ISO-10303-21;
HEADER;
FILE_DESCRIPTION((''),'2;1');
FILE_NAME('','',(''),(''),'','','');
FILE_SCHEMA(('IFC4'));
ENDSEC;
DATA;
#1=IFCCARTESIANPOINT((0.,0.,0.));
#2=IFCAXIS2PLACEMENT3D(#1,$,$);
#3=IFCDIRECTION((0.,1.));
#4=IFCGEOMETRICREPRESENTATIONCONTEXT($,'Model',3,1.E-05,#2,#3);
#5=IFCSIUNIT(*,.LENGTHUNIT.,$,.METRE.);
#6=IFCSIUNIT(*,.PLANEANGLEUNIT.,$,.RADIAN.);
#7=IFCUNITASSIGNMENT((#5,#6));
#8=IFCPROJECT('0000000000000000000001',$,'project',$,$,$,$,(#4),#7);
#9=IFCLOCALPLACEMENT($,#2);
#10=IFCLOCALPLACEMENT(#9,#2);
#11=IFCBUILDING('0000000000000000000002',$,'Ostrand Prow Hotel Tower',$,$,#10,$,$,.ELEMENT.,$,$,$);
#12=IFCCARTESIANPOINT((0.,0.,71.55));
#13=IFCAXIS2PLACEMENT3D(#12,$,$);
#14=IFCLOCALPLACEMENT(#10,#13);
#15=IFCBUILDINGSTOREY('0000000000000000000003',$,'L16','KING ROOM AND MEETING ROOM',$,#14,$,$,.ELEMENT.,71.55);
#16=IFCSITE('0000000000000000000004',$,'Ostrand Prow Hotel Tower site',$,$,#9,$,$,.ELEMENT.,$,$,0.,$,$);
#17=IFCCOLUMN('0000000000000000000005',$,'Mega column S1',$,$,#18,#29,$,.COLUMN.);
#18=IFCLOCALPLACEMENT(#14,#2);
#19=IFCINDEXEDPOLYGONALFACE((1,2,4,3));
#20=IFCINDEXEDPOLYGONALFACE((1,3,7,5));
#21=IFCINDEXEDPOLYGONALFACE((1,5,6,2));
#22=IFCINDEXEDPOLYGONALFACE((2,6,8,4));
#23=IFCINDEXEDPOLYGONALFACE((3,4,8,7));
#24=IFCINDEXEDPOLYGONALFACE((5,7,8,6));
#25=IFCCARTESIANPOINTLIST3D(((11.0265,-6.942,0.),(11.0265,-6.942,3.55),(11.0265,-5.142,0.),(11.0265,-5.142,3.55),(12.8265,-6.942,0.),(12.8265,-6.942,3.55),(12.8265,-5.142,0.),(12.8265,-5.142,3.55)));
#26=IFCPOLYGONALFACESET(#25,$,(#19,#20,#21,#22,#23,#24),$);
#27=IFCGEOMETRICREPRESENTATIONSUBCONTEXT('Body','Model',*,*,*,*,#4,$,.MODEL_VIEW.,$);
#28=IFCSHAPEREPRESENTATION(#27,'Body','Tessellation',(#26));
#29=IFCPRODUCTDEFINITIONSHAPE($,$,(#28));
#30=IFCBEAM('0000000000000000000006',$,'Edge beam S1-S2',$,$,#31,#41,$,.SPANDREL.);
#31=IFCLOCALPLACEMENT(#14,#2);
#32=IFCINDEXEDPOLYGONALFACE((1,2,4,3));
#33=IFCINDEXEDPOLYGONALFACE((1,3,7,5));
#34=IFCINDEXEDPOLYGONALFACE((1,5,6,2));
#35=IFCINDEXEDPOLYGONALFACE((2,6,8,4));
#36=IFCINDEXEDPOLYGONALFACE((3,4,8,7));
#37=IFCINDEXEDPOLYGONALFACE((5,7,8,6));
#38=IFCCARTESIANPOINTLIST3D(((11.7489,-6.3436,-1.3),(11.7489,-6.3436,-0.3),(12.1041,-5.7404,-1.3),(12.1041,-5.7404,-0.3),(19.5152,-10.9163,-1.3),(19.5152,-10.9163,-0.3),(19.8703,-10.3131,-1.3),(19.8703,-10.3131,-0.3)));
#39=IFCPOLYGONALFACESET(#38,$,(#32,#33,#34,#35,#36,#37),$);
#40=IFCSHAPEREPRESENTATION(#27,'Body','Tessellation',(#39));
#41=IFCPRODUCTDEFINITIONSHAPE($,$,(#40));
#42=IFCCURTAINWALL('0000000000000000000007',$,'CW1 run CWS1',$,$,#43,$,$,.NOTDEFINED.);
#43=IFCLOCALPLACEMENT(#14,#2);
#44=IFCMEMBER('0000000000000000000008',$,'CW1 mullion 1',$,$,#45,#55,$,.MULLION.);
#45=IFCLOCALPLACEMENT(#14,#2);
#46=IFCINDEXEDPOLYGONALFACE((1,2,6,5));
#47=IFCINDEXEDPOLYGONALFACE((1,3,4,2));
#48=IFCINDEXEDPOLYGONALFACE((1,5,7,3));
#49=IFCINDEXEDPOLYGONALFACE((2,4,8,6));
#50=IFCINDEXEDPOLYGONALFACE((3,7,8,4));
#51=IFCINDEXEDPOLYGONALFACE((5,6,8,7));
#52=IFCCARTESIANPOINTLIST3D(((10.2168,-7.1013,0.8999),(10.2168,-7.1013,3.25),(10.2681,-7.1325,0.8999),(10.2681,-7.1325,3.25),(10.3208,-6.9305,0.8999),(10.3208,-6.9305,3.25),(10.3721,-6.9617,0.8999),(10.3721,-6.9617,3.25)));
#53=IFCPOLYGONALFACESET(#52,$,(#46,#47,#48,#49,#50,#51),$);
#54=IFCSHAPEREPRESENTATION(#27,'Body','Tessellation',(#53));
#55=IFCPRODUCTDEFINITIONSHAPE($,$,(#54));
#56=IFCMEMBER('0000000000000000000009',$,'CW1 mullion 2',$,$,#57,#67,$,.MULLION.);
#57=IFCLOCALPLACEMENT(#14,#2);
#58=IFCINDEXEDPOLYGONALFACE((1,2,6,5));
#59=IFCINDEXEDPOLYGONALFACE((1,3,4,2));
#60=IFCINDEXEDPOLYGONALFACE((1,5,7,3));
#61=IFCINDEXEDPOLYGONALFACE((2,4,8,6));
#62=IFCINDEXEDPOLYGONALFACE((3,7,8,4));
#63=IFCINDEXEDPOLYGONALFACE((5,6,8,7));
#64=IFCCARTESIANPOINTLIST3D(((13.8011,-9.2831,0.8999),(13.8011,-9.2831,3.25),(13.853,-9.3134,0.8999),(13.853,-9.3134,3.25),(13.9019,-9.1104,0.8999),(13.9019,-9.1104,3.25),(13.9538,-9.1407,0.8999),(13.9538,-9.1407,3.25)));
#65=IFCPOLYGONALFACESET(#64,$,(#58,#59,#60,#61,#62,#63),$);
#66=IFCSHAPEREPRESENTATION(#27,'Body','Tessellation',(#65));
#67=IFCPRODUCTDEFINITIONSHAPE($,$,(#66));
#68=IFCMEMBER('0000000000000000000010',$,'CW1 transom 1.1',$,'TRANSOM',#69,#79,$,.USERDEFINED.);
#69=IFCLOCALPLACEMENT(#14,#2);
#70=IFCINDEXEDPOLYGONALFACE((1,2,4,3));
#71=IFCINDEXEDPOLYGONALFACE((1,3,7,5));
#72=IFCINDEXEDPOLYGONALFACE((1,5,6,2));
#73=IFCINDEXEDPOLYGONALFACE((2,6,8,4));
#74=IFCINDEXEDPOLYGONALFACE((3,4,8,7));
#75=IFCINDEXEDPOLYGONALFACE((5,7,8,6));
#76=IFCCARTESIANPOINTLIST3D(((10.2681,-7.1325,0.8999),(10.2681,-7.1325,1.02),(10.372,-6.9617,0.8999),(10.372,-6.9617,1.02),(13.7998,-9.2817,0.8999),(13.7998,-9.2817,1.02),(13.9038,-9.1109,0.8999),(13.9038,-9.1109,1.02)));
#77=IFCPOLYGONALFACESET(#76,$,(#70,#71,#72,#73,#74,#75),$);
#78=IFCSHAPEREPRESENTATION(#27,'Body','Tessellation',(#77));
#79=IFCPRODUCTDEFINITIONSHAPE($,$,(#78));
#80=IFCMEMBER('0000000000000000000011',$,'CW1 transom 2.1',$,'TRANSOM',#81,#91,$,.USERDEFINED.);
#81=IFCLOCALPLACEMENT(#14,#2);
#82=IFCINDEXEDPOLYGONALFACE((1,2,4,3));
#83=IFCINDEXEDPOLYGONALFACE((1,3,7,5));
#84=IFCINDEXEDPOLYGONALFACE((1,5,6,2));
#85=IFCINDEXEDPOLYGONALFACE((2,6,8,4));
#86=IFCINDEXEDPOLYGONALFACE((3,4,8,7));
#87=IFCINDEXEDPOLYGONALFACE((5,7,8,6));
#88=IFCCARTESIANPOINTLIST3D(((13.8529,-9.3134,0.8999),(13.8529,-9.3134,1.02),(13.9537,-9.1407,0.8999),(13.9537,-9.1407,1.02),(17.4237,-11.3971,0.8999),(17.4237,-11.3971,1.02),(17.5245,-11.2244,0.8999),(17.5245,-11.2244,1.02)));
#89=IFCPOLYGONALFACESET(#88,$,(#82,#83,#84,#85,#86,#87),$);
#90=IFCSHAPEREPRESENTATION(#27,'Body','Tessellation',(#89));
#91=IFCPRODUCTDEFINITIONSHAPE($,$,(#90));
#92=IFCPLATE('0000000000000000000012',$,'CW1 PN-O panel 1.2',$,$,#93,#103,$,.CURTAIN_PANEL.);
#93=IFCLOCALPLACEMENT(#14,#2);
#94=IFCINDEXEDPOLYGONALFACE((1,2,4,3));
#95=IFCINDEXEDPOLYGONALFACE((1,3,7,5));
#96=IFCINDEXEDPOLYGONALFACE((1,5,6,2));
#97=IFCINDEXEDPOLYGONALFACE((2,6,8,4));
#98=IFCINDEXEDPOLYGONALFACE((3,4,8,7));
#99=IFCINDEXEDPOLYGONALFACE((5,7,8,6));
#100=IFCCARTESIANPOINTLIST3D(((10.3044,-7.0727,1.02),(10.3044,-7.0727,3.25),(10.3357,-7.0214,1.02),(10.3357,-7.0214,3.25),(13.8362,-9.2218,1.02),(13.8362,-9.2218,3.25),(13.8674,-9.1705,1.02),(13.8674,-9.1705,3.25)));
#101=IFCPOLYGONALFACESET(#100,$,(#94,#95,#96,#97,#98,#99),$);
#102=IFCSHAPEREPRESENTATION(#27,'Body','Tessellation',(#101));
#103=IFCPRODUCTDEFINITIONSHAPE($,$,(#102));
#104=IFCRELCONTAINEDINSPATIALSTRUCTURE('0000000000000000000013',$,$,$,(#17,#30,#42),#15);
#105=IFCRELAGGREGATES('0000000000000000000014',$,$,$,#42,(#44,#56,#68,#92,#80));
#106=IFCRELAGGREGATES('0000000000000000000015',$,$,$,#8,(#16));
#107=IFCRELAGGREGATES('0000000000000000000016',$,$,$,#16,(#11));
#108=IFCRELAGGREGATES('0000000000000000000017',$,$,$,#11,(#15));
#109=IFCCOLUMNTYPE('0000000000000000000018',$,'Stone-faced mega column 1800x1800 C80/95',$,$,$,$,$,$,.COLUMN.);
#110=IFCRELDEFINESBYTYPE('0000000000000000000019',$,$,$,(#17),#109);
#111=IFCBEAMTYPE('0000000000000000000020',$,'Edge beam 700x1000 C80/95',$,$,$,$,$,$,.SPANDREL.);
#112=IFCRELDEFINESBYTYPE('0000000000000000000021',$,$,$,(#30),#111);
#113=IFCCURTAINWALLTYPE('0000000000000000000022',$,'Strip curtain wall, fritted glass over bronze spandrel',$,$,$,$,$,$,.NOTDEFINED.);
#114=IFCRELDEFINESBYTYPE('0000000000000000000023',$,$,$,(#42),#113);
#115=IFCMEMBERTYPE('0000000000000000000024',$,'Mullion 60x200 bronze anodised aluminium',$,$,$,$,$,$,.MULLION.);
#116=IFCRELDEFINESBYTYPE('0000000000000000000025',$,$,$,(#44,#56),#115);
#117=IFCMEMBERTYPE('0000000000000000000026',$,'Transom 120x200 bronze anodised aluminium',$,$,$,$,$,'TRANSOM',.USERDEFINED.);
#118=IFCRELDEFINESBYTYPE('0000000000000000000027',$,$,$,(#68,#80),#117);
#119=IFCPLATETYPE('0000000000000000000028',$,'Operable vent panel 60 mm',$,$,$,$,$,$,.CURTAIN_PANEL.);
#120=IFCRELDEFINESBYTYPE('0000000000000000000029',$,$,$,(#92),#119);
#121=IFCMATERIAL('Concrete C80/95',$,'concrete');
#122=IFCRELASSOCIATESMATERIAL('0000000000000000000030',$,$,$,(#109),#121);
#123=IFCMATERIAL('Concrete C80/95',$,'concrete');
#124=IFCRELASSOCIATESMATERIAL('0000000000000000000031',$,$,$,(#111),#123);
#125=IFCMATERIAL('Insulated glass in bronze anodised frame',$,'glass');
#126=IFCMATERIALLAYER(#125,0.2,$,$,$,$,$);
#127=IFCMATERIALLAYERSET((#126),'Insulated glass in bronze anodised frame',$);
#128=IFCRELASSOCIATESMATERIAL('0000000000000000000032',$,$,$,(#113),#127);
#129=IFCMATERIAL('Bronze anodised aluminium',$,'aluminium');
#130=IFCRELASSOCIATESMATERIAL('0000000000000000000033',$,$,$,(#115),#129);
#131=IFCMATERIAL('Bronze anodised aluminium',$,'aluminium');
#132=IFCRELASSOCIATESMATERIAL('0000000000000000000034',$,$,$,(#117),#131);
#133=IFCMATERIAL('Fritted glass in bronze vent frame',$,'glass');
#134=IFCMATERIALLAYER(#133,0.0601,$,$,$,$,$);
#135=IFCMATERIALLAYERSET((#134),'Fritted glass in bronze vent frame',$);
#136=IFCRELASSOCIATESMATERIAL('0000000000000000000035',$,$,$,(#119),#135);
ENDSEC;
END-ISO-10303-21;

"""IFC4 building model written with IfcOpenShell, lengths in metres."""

from ifc_helpers import new_model, si_unit, direction, frame, origin, origin_2d, place, context, subcontext, project, spatial, rectangle, extrude, material, layer, layer_set, material_profile, profile_set, type_object, element, aggregate, save


model = new_model("IFC4")

# Units and contexts
model_context = context("Model", 3, precision=1e-05, world=origin(), true_north=direction((0.0, 1.0)))
body_context = subcontext(model_context, "Body", "Model", "MODEL_VIEW")
ifc_project = project(units=[si_unit("LENGTHUNIT", "METRE"), si_unit("PLANEANGLEUNIT", "RADIAN")], contexts=[model_context])

# Site, building, storey
site_placement = place(None, origin())
site = spatial("IfcSite", under=ifc_project, at=site_placement, Name="Ostrand Prow Hotel Tower site", CompositionType="ELEMENT", RefElevation=0.0)
building_placement = place(site_placement, origin())
building = spatial("IfcBuilding", under=site, at=building_placement, Name="Ostrand Prow Hotel Tower", CompositionType="ELEMENT")
storey_placement = place(building_placement, frame((0.0, 0.0, 71.55)))
storey = spatial("IfcBuildingStorey", under=building, at=storey_placement, Name="L16", Description="KING ROOM AND MEETING ROOM", CompositionType="ELEMENT", Elevation=71.55)

# Column
ifc_material_1 = material(Name="Concrete C80/95", Category="concrete")
ifc_material_profile_1 = material_profile(ifc_material_1, rectangle(XDim=1.8, YDim=1.8, at=origin_2d()), Name="RC 1800x1800")
ifc_profile_set_1 = profile_set([ifc_material_profile_1], Name="Concrete C80/95")
column_type = type_object("IfcColumnType", Name="Stone-faced mega column 1800x1800 C80/95", PredefinedType="COLUMN", material=ifc_profile_set_1)
column_placement = place(storey_placement, frame((11.9265, -6.042, 0.0), z_axis=(0.0, 0.0, 1.0), x_axis=(1.0, 0.0, 0.0)))
element("IfcColumn", 1, at=column_placement, inside=storey, type_object=column_type, Name="Mega column S1", PredefinedType="COLUMN", context=body_context, shape_type="SweptSolid", body=[
    extrude(rectangle(XDim=1.8, YDim=1.8, at=origin_2d()), origin(), (0.0, 0.0, 1.0), 3.55),
])

# Beam
ifc_material_2 = material(Name="Concrete C80/95", Category="concrete")
ifc_material_profile_2 = material_profile(ifc_material_2, rectangle(XDim=0.7, YDim=1.0, at=origin_2d()), Name="RC 700x1000")
ifc_profile_set_2 = profile_set([ifc_material_profile_2], Name="Concrete C80/95")
beam_type = type_object("IfcBeamType", Name="Edge beam 700x1000 C80/95", PredefinedType="SPANDREL", material=ifc_profile_set_2)
beam_placement = place(storey_placement, frame((11.9265, -6.042, -0.8), z_axis=(0.861725, -0.507375, 0.0), x_axis=(0.507375, 0.861725, 0.0)))
element("IfcBeam", 2, at=beam_placement, inside=storey, type_object=beam_type, Name="Edge beam S1-S2", PredefinedType="SPANDREL", context=body_context, shape_type="SweptSolid", body=[
    extrude(rectangle(XDim=0.7, YDim=1.0, at=origin_2d()), origin(), (0.0, 0.0, 1.0), 9.0125),
])

# Curtain wall, members, plate
ifc_material_3 = material(Name="Insulated glass in bronze anodised frame", Category="glass")
ifc_layer_1 = layer(ifc_material_3, 0.2)
ifc_layer_set_1 = layer_set([ifc_layer_1], Name="Insulated glass in bronze anodised frame")
curtain_wall_type = type_object("IfcCurtainWallType", Name="Strip curtain wall, fritted glass over bronze spandrel", PredefinedType="NOTDEFINED", material=ifc_layer_set_1)
curtain_wall_placement = place(storey_placement, origin())
curtain_wall = element("IfcCurtainWall", 3, at=curtain_wall_placement, inside=storey, type_object=curtain_wall_type, Name="CW1 run CWS1", PredefinedType="NOTDEFINED")
ifc_material_4 = material(Name="Bronze anodised aluminium", Category="aluminium")
ifc_material_profile_3 = material_profile(ifc_material_4, rectangle(XDim=0.2, YDim=0.0601, at=origin_2d()), Name="Mullion 60x200 bronze anodised aluminium")
ifc_profile_set_3 = profile_set([ifc_material_profile_3], Name="Bronze anodised aluminium")
member_type_1 = type_object("IfcMemberType", Name="Mullion 60x200 bronze anodised aluminium", PredefinedType="MULLION", material=ifc_profile_set_3)
member_1_placement = place(storey_placement, frame((10.2944, -7.0315, 0.8999), z_axis=(0.0, 0.0, 1.0), x_axis=(0.519831, 0.854269, 0.0)))
member_1 = element("IfcMember", 4, at=member_1_placement, type_object=member_type_1, Name="CW1 mullion 1", PredefinedType="MULLION", context=body_context, shape_type="SweptSolid", body=[
    extrude(rectangle(XDim=0.2, YDim=0.0601, at=origin_2d()), origin(), (0.0, 0.0, 1.0), 2.3501),
])
member_2_placement = place(storey_placement, frame((13.8774, -9.2119, 0.8999), z_axis=(0.0, 0.0, 1.0), x_axis=(0.504023, 0.86369, 0.0)))
member_2 = element("IfcMember", 5, at=member_2_placement, type_object=member_type_1, Name="CW1 mullion 2", PredefinedType="MULLION", context=body_context, shape_type="SweptSolid", body=[
    extrude(rectangle(XDim=0.2, YDim=0.0601, at=origin_2d()), origin(), (0.0, 0.0, 1.0), 2.3501),
])
ifc_material_5 = material(Name="Bronze anodised aluminium", Category="aluminium")
ifc_material_profile_4 = material_profile(ifc_material_5, rectangle(XDim=0.2, YDim=0.1201, at=origin_2d()), Name="Transom 120x200 bronze anodised aluminium")
ifc_profile_set_4 = profile_set([ifc_material_profile_4], Name="Bronze anodised aluminium")
member_type_2 = type_object("IfcMemberType", Name="Transom 120x200 bronze anodised aluminium", ElementType="TRANSOM", PredefinedType="USERDEFINED", material=ifc_profile_set_4)
member_3_placement = place(storey_placement, frame((10.3201, -7.0471, 0.96), z_axis=(0.854261, -0.519844, 0.0), x_axis=(0.519844, 0.854261, 0.0)))
member_3 = element("IfcMember", 6, at=member_3_placement, type_object=member_type_2, Name="CW1 transom 1.1", ObjectType="TRANSOM", PredefinedType="USERDEFINED", context=body_context, shape_type="SweptSolid", body=[
    extrude(rectangle(XDim=0.2, YDim=0.1201, at=origin_2d()), origin(), (0.0, 0.0, 1.0), 4.1343),
])
member_4_placement = place(storey_placement, frame((13.9033, -9.2271, 0.96), z_axis=(0.863698, -0.504011, 0.0), x_axis=(0.504011, 0.863698, 0.0)))
member_4 = element("IfcMember", 7, at=member_4_placement, type_object=member_type_2, Name="CW1 transom 2.1", ObjectType="TRANSOM", PredefinedType="USERDEFINED", context=body_context, shape_type="SweptSolid", body=[
    extrude(rectangle(XDim=0.2, YDim=0.1201, at=origin_2d()), origin(), (0.0, 0.0, 1.0), 4.1343),
])
ifc_material_6 = material(Name="Fritted glass in bronze vent frame", Category="glass")
ifc_layer_2 = layer(ifc_material_6, 0.0601)
ifc_layer_set_2 = layer_set([ifc_layer_2], Name="Fritted glass in bronze vent frame")
plate_type = type_object("IfcPlateType", Name="Operable vent panel 60 mm", PredefinedType="CURTAIN_PANEL", material=ifc_layer_set_2)
plate_placement = place(storey_placement, frame((12.0859, -8.1216, 1.02), z_axis=(0.0, 0.0, 1.0), x_axis=(0.854269, -0.519831, 0.0)))
plate = element("IfcPlate", 8, at=plate_placement, type_object=plate_type, Name="CW1 PN-O panel 1.2", PredefinedType="CURTAIN_PANEL", context=body_context, shape_type="SweptSolid", body=[
    extrude(rectangle(XDim=4.1343, YDim=0.0601, at=origin_2d()), origin(), (0.0, 0.0, 1.0), 2.23),
])
aggregate(curtain_wall, [member_1, member_2, member_3, plate, member_4])

save(model, "model.ifc")
